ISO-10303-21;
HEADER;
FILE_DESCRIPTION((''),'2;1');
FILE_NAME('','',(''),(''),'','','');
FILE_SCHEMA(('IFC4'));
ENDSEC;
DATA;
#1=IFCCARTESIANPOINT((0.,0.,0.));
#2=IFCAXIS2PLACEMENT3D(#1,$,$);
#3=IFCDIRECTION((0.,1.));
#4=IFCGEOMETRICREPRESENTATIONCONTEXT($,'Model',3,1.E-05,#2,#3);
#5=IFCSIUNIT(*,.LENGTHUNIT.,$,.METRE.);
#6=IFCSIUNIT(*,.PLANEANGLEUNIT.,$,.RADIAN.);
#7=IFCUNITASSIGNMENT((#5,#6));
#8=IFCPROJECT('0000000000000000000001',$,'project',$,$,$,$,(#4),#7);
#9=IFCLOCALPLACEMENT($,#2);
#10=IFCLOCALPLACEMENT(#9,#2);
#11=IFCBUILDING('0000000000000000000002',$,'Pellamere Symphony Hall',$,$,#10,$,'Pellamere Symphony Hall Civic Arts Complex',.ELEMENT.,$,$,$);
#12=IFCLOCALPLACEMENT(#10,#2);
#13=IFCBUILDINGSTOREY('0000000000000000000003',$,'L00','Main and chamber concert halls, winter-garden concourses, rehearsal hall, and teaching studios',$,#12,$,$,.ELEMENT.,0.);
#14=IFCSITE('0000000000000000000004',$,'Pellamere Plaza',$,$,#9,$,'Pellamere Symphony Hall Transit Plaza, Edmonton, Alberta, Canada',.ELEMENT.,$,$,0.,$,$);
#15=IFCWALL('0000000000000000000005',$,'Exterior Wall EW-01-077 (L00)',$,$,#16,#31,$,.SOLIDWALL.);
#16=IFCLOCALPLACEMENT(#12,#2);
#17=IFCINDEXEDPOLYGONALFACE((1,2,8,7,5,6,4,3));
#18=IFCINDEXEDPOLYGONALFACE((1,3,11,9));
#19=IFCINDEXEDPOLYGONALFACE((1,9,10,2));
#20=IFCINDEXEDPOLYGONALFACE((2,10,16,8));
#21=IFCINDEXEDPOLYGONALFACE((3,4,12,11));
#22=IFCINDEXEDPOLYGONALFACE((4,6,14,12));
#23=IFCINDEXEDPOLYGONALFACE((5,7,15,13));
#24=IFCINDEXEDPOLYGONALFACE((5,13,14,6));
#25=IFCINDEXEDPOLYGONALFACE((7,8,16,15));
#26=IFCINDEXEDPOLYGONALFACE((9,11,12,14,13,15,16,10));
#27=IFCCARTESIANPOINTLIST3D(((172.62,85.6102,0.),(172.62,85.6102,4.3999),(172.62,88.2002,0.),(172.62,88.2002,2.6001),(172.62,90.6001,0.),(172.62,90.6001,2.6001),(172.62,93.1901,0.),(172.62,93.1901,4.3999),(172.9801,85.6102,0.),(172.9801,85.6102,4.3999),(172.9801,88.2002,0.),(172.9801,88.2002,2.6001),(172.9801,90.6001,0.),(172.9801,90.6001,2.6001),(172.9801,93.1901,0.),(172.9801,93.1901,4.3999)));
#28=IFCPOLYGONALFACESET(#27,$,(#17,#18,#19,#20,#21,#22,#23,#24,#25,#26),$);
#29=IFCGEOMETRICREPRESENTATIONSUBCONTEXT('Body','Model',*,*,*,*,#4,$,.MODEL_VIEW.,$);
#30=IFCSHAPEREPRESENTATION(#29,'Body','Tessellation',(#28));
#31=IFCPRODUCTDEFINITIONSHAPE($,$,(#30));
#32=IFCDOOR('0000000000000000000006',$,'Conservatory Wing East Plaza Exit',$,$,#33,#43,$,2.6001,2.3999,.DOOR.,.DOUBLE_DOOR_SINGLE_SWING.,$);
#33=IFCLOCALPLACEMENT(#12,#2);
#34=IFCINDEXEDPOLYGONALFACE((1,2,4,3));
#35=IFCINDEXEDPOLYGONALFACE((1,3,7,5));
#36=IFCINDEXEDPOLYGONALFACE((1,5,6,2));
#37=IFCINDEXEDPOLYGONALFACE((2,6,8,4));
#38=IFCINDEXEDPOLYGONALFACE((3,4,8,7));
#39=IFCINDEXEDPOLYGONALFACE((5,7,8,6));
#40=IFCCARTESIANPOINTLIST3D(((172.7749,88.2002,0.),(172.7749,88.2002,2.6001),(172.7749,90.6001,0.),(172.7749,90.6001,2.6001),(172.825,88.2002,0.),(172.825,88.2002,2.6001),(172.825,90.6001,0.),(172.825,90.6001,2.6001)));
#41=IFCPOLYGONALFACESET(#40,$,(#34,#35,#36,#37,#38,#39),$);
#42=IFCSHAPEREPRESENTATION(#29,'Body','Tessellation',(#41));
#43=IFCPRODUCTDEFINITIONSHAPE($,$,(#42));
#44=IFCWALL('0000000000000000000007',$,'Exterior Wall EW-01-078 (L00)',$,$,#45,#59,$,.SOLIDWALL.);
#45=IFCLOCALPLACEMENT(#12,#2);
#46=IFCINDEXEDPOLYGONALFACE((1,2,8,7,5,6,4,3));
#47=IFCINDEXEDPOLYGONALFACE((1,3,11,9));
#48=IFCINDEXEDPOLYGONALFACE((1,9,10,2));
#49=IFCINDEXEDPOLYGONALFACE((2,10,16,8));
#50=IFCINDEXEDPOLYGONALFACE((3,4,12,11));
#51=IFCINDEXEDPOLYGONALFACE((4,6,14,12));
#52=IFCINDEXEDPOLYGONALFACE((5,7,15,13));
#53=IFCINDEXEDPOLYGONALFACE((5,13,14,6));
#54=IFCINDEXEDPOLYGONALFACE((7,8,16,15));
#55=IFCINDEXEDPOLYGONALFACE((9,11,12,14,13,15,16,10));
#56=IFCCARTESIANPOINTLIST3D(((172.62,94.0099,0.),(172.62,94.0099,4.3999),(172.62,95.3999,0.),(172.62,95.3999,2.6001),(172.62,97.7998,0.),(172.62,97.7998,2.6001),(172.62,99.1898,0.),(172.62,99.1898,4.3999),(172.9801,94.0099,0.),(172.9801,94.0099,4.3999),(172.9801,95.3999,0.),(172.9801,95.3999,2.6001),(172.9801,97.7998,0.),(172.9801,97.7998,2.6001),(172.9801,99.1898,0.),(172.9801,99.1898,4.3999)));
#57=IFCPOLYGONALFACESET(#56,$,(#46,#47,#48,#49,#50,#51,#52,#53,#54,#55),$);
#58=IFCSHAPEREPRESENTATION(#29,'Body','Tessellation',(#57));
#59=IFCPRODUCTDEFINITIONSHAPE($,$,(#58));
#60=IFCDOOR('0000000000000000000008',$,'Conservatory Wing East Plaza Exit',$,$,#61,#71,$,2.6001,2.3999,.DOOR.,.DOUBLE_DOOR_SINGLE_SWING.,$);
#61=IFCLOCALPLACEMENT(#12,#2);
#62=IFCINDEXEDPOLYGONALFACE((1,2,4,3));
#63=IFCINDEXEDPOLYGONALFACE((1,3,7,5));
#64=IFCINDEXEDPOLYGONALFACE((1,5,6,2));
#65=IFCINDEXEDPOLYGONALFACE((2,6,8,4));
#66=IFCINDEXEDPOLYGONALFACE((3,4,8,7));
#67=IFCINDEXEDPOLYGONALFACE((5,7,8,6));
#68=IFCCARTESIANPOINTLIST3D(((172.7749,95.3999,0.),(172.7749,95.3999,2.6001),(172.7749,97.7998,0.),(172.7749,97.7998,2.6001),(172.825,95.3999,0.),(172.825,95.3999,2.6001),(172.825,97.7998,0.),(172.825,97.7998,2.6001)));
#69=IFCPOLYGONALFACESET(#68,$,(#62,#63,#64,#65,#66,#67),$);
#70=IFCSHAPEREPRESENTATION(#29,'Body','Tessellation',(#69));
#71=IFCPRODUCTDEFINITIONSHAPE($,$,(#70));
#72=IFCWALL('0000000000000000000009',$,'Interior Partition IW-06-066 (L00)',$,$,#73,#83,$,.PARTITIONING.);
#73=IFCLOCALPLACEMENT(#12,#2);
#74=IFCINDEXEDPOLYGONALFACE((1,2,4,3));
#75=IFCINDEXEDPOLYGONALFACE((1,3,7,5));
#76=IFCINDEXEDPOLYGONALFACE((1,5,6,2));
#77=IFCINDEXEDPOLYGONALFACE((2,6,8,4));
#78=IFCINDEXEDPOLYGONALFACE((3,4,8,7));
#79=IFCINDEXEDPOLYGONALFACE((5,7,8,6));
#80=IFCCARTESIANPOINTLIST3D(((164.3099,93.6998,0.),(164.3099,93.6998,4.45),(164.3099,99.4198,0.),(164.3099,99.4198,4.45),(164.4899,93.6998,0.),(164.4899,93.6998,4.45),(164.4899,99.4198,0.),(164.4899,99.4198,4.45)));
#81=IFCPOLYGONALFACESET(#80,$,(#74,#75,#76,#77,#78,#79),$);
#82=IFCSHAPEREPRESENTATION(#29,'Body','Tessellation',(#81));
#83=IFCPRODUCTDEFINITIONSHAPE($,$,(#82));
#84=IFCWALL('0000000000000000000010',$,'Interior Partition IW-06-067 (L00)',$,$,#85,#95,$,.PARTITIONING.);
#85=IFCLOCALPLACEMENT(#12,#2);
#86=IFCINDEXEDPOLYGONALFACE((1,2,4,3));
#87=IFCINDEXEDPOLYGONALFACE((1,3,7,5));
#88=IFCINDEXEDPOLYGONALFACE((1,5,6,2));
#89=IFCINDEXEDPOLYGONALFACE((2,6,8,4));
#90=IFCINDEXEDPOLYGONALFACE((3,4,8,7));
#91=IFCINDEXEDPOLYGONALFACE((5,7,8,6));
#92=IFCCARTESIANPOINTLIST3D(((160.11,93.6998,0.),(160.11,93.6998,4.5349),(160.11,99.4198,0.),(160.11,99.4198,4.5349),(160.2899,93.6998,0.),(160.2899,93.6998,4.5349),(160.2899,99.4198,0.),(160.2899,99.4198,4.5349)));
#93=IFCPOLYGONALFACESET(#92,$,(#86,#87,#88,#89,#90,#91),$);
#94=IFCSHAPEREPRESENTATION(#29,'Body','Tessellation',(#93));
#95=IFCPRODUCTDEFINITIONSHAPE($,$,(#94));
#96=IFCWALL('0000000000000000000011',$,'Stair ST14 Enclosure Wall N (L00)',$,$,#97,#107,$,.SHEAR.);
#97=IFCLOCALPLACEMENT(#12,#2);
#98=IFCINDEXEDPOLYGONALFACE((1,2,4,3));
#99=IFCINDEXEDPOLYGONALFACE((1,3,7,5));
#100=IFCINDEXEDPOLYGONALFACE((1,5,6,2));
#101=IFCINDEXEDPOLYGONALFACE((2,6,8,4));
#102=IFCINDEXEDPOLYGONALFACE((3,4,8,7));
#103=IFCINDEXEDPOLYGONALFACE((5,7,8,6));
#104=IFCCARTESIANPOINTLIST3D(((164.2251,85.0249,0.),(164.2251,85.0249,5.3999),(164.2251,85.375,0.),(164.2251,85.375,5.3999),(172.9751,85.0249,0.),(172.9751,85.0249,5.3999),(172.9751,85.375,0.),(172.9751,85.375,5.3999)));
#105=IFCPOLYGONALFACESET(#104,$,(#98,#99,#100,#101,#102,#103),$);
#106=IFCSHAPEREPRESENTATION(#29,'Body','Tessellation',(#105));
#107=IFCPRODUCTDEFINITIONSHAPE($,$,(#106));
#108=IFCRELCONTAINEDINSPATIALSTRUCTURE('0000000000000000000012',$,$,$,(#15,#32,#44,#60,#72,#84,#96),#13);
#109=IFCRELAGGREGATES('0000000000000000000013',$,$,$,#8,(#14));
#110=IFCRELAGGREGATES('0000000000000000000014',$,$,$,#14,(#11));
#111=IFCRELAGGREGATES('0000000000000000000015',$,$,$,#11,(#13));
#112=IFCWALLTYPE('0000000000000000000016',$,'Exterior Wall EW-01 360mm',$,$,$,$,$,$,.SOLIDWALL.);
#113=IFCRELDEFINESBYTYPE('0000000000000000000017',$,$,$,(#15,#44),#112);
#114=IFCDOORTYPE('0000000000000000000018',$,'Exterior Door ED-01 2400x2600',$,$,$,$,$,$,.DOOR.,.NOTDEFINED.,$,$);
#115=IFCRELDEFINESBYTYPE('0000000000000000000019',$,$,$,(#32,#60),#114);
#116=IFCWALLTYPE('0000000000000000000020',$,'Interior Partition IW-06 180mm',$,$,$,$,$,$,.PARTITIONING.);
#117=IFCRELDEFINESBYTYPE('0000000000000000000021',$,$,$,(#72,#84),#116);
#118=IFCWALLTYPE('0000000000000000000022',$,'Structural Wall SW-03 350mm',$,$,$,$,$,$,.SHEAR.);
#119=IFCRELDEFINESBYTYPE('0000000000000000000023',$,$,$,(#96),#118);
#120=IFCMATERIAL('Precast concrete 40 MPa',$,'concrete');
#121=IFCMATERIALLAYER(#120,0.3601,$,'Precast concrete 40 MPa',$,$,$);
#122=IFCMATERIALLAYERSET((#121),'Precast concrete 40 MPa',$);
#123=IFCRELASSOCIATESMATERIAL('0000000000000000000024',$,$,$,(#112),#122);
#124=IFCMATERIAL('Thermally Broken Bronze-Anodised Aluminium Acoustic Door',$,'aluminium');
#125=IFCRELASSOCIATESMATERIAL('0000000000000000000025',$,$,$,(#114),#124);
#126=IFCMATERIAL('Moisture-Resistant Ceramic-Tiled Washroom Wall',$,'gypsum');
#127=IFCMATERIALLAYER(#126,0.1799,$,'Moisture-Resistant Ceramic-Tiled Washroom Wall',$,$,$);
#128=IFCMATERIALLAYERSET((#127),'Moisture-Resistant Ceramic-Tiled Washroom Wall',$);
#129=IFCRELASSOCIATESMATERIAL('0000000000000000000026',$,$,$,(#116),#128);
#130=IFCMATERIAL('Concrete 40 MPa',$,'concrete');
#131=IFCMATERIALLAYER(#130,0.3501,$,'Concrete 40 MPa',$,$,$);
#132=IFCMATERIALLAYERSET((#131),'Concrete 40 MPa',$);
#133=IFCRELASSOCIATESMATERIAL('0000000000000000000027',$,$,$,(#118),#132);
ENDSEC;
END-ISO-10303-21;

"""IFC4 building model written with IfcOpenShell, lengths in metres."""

from ifc_helpers import new_model, si_unit, direction, frame, frame_2d, origin, place, context, subcontext, project, spatial, rectangle, extrude, material, layer, layer_set, type_object, element, fill, save


model = new_model("IFC4")

# Units and contexts
model_context = context("Model", 3, precision=1e-05, world=origin(), true_north=direction((0.0, 1.0)))
body_context = subcontext(model_context, "Body", "Model", "MODEL_VIEW")
ifc_project = project(units=[si_unit("LENGTHUNIT", "METRE"), si_unit("PLANEANGLEUNIT", "RADIAN")], contexts=[model_context])

# Site, building, storey
site_placement = place(None, origin())
site = spatial("IfcSite", under=ifc_project, at=site_placement, Name="Pellamere Plaza", LongName="Pellamere Symphony Hall Transit Plaza, Edmonton, Alberta, Canada", CompositionType="ELEMENT", RefElevation=0.0)
building_placement = place(site_placement, origin())
building = spatial("IfcBuilding", under=site, at=building_placement, Name="Pellamere Symphony Hall", LongName="Pellamere Symphony Hall Civic Arts Complex", CompositionType="ELEMENT")
storey_placement = place(building_placement, origin())
storey = spatial("IfcBuildingStorey", under=building, at=storey_placement, Name="L00", Description="Main and chamber concert halls, winter-garden concourses, rehearsal hall, and teaching studios", CompositionType="ELEMENT", Elevation=0.0)

# Shared definitions
ifc_material_1 = material(Name="Concrete 40 MPa", Category="concrete")

# Walls, openings, doors
ifc_material_2 = material(Name="Precast concrete 40 MPa", Category="concrete")
ifc_layer_1 = layer(ifc_material_2, 0.3601, Name="Precast concrete 40 MPa")
ifc_layer_set_1 = layer_set([ifc_layer_1], Name="Precast concrete 40 MPa")
wall_type_1 = type_object("IfcWallType", Name="Exterior Wall EW-01 360mm", PredefinedType="SOLIDWALL", material=ifc_layer_set_1)
wall_1_placement = place(storey_placement, frame((172.8, 85.6101, 0.0), z_axis=(0.0, 0.0, 1.0), x_axis=(0.0, 1.0, 0.0)))
wall_1 = element("IfcWall", 1, at=wall_1_placement, inside=storey, type_object=wall_type_1, Name="Exterior Wall EW-01-077 (L00)", PredefinedType="SOLIDWALL", context=body_context, shape_type="SweptSolid", body=[
    extrude(rectangle(XDim=7.5798, YDim=0.3601, at=frame_2d((3.79, 0.0))), origin(), (0.0, 0.0, 1.0), 4.3999),
])
opening_1_placement = place(wall_1_placement, frame((2.5901, 0.0, 0.0)))
opening_1 = element("IfcOpeningElement", 2, at=opening_1_placement, cuts=wall_1, PredefinedType="OPENING", context=body_context, shape_type="SweptSolid", body=[
    extrude(rectangle(XDim=2.3999, YDim=2.6001, at=frame_2d((1.2, 1.3))), frame((0.0, 0.1899, 0.0), z_axis=(0.0, -1.0, 0.0), x_axis=(1.0, 0.0, 0.0)), (0.0, 0.0, 1.0), 0.3801),
])
ifc_material_3 = material(Name="Thermally Broken Bronze-Anodised Aluminium Acoustic Door", Category="aluminium")
door_type = type_object("IfcDoorType", Name="Exterior Door ED-01 2400x2600", OperationType="NOTDEFINED", PredefinedType="DOOR", material=ifc_material_3)
door_1_placement = place(opening_1_placement, frame((2.3999, 0.0, 0.0), z_axis=(0.0, 0.0, 1.0), x_axis=(-1.0, 0.0, 0.0)))
door_1 = element("IfcDoor", 3, at=door_1_placement, inside=storey, type_object=door_type, Name="Conservatory Wing East Plaza Exit", OperationType="DOUBLE_DOOR_SINGLE_SWING", OverallHeight=2.6001, OverallWidth=2.3999, PredefinedType="DOOR", context=body_context, shape_type="SweptSolid", body=[
    extrude(rectangle(XDim=2.3999, YDim=2.6001, at=frame_2d((1.2, 1.3))), frame((0.0, 0.0249, 0.0), z_axis=(0.0, -1.0, 0.0), x_axis=(1.0, 0.0, 0.0)), (0.0, 0.0, 1.0), 0.05),
])
fill(opening_1, door_1)
wall_2_placement = place(storey_placement, frame((172.8, 94.01, 0.0), z_axis=(0.0, 0.0, 1.0), x_axis=(0.0, 1.0, 0.0)))
wall_2 = element("IfcWall", 4, at=wall_2_placement, inside=storey, type_object=wall_type_1, Name="Exterior Wall EW-01-078 (L00)", PredefinedType="SOLIDWALL", context=body_context, shape_type="SweptSolid", body=[
    extrude(rectangle(XDim=5.1799, YDim=0.3601, at=frame_2d((2.5898, 0.0))), origin(), (0.0, 0.0, 1.0), 4.3999),
])
opening_2_placement = place(wall_2_placement, frame((1.3899, 0.0, 0.0)))
opening_2 = element("IfcOpeningElement", 5, at=opening_2_placement, cuts=wall_2, PredefinedType="OPENING", context=body_context, shape_type="SweptSolid", body=[
    extrude(rectangle(XDim=2.3999, YDim=2.6001, at=frame_2d((1.2, 1.3))), frame((0.0, 0.1899, 0.0), z_axis=(0.0, -1.0, 0.0), x_axis=(1.0, 0.0, 0.0)), (0.0, 0.0, 1.0), 0.3801),
])
door_2_placement = place(opening_2_placement, frame((2.3999, 0.0, 0.0), z_axis=(0.0, 0.0, 1.0), x_axis=(-1.0, 0.0, 0.0)))
door_2 = element("IfcDoor", 6, at=door_2_placement, inside=storey, type_object=door_type, Name="Conservatory Wing East Plaza Exit", OperationType="DOUBLE_DOOR_SINGLE_SWING", OverallHeight=2.6001, OverallWidth=2.3999, PredefinedType="DOOR", context=body_context, shape_type="SweptSolid", body=[
    extrude(rectangle(XDim=2.3999, YDim=2.6001, at=frame_2d((1.2, 1.3))), frame((0.0, 0.0249, 0.0), z_axis=(0.0, -1.0, 0.0), x_axis=(1.0, 0.0, 0.0)), (0.0, 0.0, 1.0), 0.05),
])
fill(opening_2, door_2)

# Walls
ifc_material_4 = material(Name="Moisture-Resistant Ceramic-Tiled Washroom Wall", Category="gypsum")
ifc_layer_2 = layer(ifc_material_4, 0.1799, Name="Moisture-Resistant Ceramic-Tiled Washroom Wall")
ifc_layer_set_2 = layer_set([ifc_layer_2], Name="Moisture-Resistant Ceramic-Tiled Washroom Wall")
wall_type_2 = type_object("IfcWallType", Name="Interior Partition IW-06 180mm", PredefinedType="PARTITIONING", material=ifc_layer_set_2)
wall_3_placement = place(storey_placement, frame((164.3999, 93.7, 0.0), z_axis=(0.0, 0.0, 1.0), x_axis=(0.0, 1.0, 0.0)))
element("IfcWall", 7, at=wall_3_placement, inside=storey, type_object=wall_type_2, Name="Interior Partition IW-06-066 (L00)", PredefinedType="PARTITIONING", context=body_context, shape_type="SweptSolid", body=[
    extrude(rectangle(XDim=5.72, YDim=0.1799, at=frame_2d((2.8599, 0.0))), origin(), (0.0, 0.0, 1.0), 4.45),
])
wall_4_placement = place(storey_placement, frame((160.2, 93.7, 0.0), z_axis=(0.0, 0.0, 1.0), x_axis=(0.0, 1.0, 0.0)))
element("IfcWall", 8, at=wall_4_placement, inside=storey, type_object=wall_type_2, Name="Interior Partition IW-06-067 (L00)", PredefinedType="PARTITIONING", context=body_context, shape_type="SweptSolid", body=[
    extrude(rectangle(XDim=5.72, YDim=0.1799, at=frame_2d((2.8599, 0.0))), origin(), (0.0, 0.0, 1.0), 4.5349),
])
ifc_layer_3 = layer(ifc_material_1, 0.3501, Name="Concrete 40 MPa")
ifc_layer_set_3 = layer_set([ifc_layer_3], Name="Concrete 40 MPa")
wall_type_3 = type_object("IfcWallType", Name="Structural Wall SW-03 350mm", PredefinedType="SHEAR", material=ifc_layer_set_3)
wall_5_placement = place(storey_placement, frame((164.2251, 85.2, 0.0), z_axis=(0.0, 0.0, 1.0), x_axis=(1.0, 0.0, 0.0)))
element("IfcWall", 9, at=wall_5_placement, inside=storey, type_object=wall_type_3, Name="Stair ST14 Enclosure Wall N (L00)", PredefinedType="SHEAR", context=body_context, shape_type="SweptSolid", body=[
    extrude(rectangle(XDim=8.75, YDim=0.3501, at=frame_2d((4.375, 0.0))), origin(), (0.0, 0.0, 1.0), 5.3999),
])

save(model, "model.ifc")
